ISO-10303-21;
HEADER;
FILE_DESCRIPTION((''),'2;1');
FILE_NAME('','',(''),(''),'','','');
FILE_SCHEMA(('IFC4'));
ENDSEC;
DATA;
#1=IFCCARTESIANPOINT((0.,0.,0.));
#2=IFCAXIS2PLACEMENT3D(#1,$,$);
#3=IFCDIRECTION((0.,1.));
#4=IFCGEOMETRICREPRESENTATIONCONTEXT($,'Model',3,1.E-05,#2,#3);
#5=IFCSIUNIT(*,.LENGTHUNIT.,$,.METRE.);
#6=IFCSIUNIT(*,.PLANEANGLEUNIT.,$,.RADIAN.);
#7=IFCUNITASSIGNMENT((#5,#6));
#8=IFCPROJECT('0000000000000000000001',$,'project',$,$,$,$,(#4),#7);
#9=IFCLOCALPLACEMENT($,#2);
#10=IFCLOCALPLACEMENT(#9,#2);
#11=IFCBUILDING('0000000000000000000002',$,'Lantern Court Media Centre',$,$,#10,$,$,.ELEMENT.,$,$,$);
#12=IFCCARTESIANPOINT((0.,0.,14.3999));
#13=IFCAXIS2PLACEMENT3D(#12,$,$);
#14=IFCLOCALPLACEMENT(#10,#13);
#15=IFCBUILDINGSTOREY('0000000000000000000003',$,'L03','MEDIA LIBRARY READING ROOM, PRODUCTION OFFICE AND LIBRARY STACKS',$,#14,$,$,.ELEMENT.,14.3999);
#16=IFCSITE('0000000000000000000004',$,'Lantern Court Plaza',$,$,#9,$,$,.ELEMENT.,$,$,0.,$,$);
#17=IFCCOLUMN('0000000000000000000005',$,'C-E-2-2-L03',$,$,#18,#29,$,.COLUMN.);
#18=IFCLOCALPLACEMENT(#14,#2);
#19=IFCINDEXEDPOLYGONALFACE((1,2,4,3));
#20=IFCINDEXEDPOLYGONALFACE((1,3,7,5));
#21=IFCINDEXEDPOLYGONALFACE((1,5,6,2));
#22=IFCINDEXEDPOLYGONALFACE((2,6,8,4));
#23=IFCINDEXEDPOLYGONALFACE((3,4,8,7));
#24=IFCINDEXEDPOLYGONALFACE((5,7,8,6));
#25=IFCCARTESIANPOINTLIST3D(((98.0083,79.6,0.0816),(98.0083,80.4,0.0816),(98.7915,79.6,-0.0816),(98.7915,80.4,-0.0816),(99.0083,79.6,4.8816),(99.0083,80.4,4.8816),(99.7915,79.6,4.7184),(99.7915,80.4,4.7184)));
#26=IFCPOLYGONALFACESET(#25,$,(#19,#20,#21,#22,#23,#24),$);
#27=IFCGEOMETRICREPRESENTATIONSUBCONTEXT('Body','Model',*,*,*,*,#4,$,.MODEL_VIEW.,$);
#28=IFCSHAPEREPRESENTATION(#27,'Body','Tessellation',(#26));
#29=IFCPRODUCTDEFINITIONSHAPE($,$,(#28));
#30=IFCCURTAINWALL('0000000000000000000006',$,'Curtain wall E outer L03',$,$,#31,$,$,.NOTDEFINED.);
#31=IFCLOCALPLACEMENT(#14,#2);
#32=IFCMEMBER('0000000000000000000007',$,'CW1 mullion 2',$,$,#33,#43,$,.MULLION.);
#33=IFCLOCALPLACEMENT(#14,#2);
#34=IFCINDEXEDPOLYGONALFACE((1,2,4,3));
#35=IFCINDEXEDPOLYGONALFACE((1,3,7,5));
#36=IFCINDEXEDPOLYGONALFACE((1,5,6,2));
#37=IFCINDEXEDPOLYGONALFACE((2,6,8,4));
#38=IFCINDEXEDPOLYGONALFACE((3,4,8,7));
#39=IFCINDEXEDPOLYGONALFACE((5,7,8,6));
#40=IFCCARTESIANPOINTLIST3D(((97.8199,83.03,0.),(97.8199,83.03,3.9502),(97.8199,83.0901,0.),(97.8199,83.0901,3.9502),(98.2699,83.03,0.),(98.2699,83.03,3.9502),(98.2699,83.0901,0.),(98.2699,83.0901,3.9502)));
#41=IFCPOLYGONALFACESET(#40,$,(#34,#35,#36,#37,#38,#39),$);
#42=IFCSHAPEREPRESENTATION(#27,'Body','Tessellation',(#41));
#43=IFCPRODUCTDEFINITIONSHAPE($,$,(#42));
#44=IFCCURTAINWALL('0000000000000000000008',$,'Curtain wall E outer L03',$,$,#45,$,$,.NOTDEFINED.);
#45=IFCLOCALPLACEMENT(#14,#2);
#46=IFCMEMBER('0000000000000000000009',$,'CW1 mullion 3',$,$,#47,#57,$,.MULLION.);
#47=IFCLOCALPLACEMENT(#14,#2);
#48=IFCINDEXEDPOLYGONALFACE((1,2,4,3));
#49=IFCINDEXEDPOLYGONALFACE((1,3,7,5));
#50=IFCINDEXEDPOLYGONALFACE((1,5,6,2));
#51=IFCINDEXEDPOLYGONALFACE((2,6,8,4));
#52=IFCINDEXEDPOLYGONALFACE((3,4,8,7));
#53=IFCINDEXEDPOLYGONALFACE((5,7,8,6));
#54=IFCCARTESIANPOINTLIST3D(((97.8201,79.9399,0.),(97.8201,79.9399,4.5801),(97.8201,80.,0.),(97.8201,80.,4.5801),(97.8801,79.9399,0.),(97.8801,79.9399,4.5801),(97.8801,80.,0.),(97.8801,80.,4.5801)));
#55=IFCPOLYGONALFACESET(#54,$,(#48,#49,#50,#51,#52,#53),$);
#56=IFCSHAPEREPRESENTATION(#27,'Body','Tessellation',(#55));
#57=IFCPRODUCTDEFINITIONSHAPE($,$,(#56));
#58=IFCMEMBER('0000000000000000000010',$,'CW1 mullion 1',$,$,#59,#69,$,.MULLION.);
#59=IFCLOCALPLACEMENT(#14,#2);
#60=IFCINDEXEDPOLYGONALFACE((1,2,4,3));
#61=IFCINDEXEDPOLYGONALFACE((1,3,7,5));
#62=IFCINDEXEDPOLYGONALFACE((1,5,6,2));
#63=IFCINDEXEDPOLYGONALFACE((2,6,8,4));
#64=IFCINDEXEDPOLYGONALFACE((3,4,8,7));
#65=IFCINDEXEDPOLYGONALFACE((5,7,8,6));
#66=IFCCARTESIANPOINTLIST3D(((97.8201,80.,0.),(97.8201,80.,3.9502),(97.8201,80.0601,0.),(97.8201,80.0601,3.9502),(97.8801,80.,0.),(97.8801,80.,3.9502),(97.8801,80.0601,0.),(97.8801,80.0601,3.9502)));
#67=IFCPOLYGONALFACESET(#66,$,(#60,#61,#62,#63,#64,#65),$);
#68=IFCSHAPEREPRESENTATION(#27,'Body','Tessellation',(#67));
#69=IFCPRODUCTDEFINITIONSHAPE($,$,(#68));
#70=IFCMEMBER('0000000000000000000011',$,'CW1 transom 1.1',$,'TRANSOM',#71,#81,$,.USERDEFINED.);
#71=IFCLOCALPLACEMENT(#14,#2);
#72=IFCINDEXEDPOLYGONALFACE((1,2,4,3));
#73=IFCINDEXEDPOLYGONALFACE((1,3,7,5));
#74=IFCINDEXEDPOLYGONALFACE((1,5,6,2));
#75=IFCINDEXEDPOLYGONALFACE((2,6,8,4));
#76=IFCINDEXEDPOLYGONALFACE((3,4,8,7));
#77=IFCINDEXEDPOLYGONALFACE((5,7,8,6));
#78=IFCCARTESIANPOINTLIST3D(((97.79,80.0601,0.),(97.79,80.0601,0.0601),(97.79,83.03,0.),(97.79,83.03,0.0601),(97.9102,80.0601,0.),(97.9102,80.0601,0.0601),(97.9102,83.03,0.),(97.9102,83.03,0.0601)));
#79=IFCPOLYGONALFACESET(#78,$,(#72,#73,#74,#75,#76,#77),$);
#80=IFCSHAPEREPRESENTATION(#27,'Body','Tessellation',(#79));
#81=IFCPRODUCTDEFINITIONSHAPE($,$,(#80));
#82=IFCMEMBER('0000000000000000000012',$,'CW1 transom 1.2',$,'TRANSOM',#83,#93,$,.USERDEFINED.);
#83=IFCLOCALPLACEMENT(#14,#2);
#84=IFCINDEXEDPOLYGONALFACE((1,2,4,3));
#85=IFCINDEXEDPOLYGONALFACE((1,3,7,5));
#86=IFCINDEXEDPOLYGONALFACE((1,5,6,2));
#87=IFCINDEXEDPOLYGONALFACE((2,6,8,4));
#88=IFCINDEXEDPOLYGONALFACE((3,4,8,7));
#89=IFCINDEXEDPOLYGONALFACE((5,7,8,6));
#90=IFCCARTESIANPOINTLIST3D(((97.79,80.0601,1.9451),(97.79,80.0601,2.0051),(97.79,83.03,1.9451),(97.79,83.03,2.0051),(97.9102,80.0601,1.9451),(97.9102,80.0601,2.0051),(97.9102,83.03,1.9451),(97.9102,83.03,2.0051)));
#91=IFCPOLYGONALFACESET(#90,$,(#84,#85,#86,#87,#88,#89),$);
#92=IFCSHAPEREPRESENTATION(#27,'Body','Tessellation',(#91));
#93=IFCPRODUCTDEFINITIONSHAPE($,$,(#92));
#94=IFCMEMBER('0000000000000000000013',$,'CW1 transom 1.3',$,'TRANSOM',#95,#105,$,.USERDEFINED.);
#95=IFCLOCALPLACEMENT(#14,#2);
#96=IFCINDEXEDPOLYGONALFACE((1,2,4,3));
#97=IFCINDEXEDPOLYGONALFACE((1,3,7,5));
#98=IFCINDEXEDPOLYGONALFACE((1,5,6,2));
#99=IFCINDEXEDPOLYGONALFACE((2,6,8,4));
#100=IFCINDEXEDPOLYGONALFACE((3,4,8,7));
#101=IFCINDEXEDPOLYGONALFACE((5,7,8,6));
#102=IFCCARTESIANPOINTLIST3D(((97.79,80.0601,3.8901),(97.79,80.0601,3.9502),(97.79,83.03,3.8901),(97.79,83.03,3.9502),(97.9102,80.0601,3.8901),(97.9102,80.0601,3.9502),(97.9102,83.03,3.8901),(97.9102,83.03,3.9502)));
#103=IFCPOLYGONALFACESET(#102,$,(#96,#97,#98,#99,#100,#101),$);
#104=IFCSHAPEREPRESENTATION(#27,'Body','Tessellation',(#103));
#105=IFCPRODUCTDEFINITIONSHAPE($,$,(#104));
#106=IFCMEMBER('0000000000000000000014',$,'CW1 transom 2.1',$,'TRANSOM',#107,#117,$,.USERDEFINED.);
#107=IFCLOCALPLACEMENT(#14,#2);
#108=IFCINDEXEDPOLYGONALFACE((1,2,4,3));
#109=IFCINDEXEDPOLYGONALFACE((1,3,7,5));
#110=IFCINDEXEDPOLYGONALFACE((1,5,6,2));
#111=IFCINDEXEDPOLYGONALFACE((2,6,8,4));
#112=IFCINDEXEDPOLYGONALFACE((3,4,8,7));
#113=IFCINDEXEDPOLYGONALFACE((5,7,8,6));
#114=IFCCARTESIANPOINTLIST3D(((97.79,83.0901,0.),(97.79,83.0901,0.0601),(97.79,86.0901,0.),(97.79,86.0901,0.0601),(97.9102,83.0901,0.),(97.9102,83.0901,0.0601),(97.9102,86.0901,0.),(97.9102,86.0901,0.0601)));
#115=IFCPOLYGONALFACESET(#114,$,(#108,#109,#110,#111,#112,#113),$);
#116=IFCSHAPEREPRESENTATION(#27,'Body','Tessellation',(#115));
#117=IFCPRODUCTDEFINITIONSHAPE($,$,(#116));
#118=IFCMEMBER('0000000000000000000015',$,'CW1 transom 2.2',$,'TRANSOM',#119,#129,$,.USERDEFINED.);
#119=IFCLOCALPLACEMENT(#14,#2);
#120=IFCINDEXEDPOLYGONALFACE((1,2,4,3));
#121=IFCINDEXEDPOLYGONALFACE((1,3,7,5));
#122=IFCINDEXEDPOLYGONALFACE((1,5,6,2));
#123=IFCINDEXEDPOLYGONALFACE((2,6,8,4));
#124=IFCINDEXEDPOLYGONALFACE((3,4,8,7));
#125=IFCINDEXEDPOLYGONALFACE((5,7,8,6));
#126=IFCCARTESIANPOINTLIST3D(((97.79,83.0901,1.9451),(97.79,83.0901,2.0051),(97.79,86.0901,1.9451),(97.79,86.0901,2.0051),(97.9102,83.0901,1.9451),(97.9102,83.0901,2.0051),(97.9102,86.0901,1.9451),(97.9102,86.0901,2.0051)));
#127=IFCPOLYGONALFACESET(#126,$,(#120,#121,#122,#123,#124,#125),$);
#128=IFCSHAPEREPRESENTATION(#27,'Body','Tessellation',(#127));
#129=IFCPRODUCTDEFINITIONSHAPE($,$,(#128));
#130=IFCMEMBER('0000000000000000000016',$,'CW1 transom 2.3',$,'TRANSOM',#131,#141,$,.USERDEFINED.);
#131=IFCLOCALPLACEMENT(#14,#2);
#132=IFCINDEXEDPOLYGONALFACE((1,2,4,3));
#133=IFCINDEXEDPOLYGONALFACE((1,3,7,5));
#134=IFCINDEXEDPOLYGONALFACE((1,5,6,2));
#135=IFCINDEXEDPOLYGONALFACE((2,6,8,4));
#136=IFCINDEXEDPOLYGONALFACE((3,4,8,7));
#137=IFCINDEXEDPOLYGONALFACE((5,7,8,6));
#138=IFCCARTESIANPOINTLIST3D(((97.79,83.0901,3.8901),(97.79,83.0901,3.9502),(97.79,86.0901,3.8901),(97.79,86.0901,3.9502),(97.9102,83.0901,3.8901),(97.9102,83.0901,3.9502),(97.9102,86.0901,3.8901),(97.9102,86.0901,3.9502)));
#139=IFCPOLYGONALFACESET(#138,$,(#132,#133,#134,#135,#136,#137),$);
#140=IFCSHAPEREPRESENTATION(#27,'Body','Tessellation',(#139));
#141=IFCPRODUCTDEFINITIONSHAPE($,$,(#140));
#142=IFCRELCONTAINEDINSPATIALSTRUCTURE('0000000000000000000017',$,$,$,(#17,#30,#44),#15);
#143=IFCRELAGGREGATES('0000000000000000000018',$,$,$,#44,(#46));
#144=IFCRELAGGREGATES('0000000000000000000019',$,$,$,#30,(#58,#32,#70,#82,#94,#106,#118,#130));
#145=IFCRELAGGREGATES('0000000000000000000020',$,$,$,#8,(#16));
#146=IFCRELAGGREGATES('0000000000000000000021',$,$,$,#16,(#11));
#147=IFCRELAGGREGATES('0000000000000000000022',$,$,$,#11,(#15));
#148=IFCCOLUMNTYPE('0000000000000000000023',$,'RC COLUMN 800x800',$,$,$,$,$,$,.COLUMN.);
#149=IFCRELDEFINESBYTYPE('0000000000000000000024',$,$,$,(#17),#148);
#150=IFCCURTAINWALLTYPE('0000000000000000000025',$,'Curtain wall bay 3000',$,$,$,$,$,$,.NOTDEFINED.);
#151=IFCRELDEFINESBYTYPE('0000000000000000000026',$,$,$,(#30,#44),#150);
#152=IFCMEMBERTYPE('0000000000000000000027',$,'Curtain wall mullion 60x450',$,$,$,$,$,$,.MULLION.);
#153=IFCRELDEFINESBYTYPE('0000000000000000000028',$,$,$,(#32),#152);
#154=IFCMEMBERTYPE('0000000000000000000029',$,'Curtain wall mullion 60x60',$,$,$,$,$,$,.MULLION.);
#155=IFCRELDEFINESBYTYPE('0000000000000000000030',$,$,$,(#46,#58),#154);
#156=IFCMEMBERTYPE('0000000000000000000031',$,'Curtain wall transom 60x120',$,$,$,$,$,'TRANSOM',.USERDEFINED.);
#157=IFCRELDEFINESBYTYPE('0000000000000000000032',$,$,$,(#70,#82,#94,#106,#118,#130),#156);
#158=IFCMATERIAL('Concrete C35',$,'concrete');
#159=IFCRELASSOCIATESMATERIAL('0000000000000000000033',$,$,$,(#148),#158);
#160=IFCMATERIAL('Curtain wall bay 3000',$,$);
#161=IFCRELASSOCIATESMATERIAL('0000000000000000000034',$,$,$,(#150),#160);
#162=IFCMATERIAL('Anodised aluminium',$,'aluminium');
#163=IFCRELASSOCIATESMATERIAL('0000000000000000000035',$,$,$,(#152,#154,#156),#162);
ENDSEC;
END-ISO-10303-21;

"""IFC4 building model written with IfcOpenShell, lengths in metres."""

from ifc_helpers import new_model, si_unit, direction, frame, origin, origin_2d, place, context, subcontext, project, spatial, rectangle, extrude, material, material_profile, profile_set, type_object, element, aggregate, save


model = new_model("IFC4")

# Units and contexts
model_context = context("Model", 3, precision=1e-05, world=origin(), true_north=direction((0.0, 1.0)))
body_context = subcontext(model_context, "Body", "Model", "MODEL_VIEW")
ifc_project = project(units=[si_unit("LENGTHUNIT", "METRE"), si_unit("PLANEANGLEUNIT", "RADIAN")], contexts=[model_context])

# Site, building, storey
site_placement = place(None, origin())
site = spatial("IfcSite", under=ifc_project, at=site_placement, Name="Lantern Court Plaza", CompositionType="ELEMENT", RefElevation=0.0)
building_placement = place(site_placement, origin())
building = spatial("IfcBuilding", under=site, at=building_placement, Name="Lantern Court Media Centre", CompositionType="ELEMENT")
storey_placement = place(building_placement, frame((0.0, 0.0, 14.3999)))
storey = spatial("IfcBuildingStorey", under=building, at=storey_placement, Name="L03", Description="MEDIA LIBRARY READING ROOM, PRODUCTION OFFICE AND LIBRARY STACKS", CompositionType="ELEMENT", Elevation=14.3999)

# Column
ifc_material_1 = material(Name="Concrete C35", Category="concrete")
ifc_material_profile_1 = material_profile(ifc_material_1, rectangle(XDim=0.8, YDim=0.8, at=origin_2d()), Name="RC 800x800")
ifc_profile_set_1 = profile_set([ifc_material_profile_1], Name="Concrete C35")
column_type = type_object("IfcColumnType", Name="RC COLUMN 800x800", PredefinedType="COLUMN", material=ifc_profile_set_1)
column_placement = place(storey_placement, frame((98.3999, 80.0, 0.0), z_axis=(0.203952, 0.0, 0.978981), x_axis=(0.0, 1.0, 0.0)))
element("IfcColumn", 1, at=column_placement, inside=storey, type_object=column_type, Name="C-E-2-2-L03", PredefinedType="COLUMN", context=body_context, shape_type="SweptSolid", body=[
    extrude(rectangle(XDim=0.8, YDim=0.8, at=origin_2d()), origin(), (0.0, 0.0, 1.0), 4.9031),
])

# Curtain walls, members
ifc_material_2 = material(Name="Curtain wall bay 3000")
curtain_wall_type = type_object("IfcCurtainWallType", Name="Curtain wall bay 3000", PredefinedType="NOTDEFINED", material=ifc_material_2)
curtain_wall_1_placement = place(storey_placement, origin())
curtain_wall_1 = element("IfcCurtainWall", 2, at=curtain_wall_1_placement, inside=storey, type_object=curtain_wall_type, Name="Curtain wall E outer L03", PredefinedType="NOTDEFINED")
ifc_material_3 = material(Name="Anodised aluminium", Category="aluminium")
ifc_material_profile_2 = material_profile(ifc_material_3, rectangle(XDim=0.45, YDim=0.0601, at=origin_2d()), Name="AL 60x450")
ifc_profile_set_2 = profile_set([ifc_material_profile_2], Name="Anodised aluminium")
member_type_1 = type_object("IfcMemberType", Name="Curtain wall mullion 60x450", PredefinedType="MULLION", material=ifc_profile_set_2)
member_1_placement = place(storey_placement, frame((98.0449, 83.0601, 0.0), z_axis=(0.0, 0.0, 1.0), x_axis=(-1.0, 0.0, 0.0)))
member_1 = element("IfcMember", 3, at=member_1_placement, type_object=member_type_1, Name="CW1 mullion 2", PredefinedType="MULLION", context=body_context, shape_type="SweptSolid", body=[
    extrude(rectangle(XDim=0.45, YDim=0.0601, at=origin_2d()), origin(), (0.0, 0.0, 1.0), 3.9502),
])
curtain_wall_2_placement = place(storey_placement, origin())
curtain_wall_2 = element("IfcCurtainWall", 4, at=curtain_wall_2_placement, inside=storey, type_object=curtain_wall_type, Name="Curtain wall E outer L03", PredefinedType="NOTDEFINED")
ifc_material_profile_3 = material_profile(ifc_material_3, rectangle(XDim=0.0601, YDim=0.0601, at=origin_2d()), Name="AL 60x60")
ifc_profile_set_3 = profile_set([ifc_material_profile_3], Name="Anodised aluminium")
member_type_2 = type_object("IfcMemberType", Name="Curtain wall mullion 60x60", PredefinedType="MULLION", material=ifc_profile_set_3)
member_2_placement = place(storey_placement, frame((97.8501, 79.97, 0.0), z_axis=(0.0, 0.0, 1.0), x_axis=(-1.0, 0.0, 0.0)))
member_2 = element("IfcMember", 5, at=member_2_placement, type_object=member_type_2, Name="CW1 mullion 3", PredefinedType="MULLION", context=body_context, shape_type="SweptSolid", body=[
    extrude(rectangle(XDim=0.0601, YDim=0.0601, at=origin_2d()), origin(), (0.0, 0.0, 1.0), 4.5801),
])

# Members
member_3_placement = place(storey_placement, frame((97.8501, 80.03, 0.0), z_axis=(0.0, 0.0, 1.0), x_axis=(-1.0, 0.0, 0.0)))
member_3 = element("IfcMember", 6, at=member_3_placement, type_object=member_type_2, Name="CW1 mullion 1", PredefinedType="MULLION", context=body_context, shape_type="SweptSolid", body=[
    extrude(rectangle(XDim=0.0601, YDim=0.0601, at=origin_2d()), origin(), (0.0, 0.0, 1.0), 3.9502),
])
ifc_material_profile_4 = material_profile(ifc_material_3, rectangle(XDim=0.1201, YDim=0.0601, at=origin_2d()), Name="AL 60x120")
ifc_profile_set_4 = profile_set([ifc_material_profile_4], Name="Anodised aluminium")
member_type_3 = type_object("IfcMemberType", Name="Curtain wall transom 60x120", ElementType="TRANSOM", PredefinedType="USERDEFINED", material=ifc_profile_set_4)
member_4_placement = place(storey_placement, frame((97.8501, 80.0601, 0.03), z_axis=(0.0, 1.0, 0.0), x_axis=(-1.0, 0.0, 0.0)))
member_4 = element("IfcMember", 7, at=member_4_placement, type_object=member_type_3, Name="CW1 transom 1.1", ObjectType="TRANSOM", PredefinedType="USERDEFINED", context=body_context, shape_type="SweptSolid", body=[
    extrude(rectangle(XDim=0.1201, YDim=0.0601, at=origin_2d()), origin(), (0.0, 0.0, 1.0), 2.97),
])
member_5_placement = place(storey_placement, frame((97.8501, 80.0601, 1.9751), z_axis=(0.0, 1.0, 0.0), x_axis=(-1.0, 0.0, 0.0)))
member_5 = element("IfcMember", 8, at=member_5_placement, type_object=member_type_3, Name="CW1 transom 1.2", ObjectType="TRANSOM", PredefinedType="USERDEFINED", context=body_context, shape_type="SweptSolid", body=[
    extrude(rectangle(XDim=0.1201, YDim=0.0601, at=origin_2d()), origin(), (0.0, 0.0, 1.0), 2.97),
])
member_6_placement = place(storey_placement, frame((97.8501, 80.0601, 3.9202), z_axis=(0.0, 1.0, 0.0), x_axis=(-1.0, 0.0, 0.0)))
member_6 = element("IfcMember", 9, at=member_6_placement, type_object=member_type_3, Name="CW1 transom 1.3", ObjectType="TRANSOM", PredefinedType="USERDEFINED", context=body_context, shape_type="SweptSolid", body=[
    extrude(rectangle(XDim=0.1201, YDim=0.0601, at=origin_2d()), origin(), (0.0, 0.0, 1.0), 2.97),
])
member_7_placement = place(storey_placement, frame((97.8501, 83.0901, 0.03), z_axis=(0.0, 1.0, 0.0), x_axis=(-1.0, 0.0, 0.0)))
member_7 = element("IfcMember", 10, at=member_7_placement, type_object=member_type_3, Name="CW1 transom 2.1", ObjectType="TRANSOM", PredefinedType="USERDEFINED", context=body_context, shape_type="SweptSolid", body=[
    extrude(rectangle(XDim=0.1201, YDim=0.0601, at=origin_2d()), origin(), (0.0, 0.0, 1.0), 3.0),
])
member_8_placement = place(storey_placement, frame((97.8501, 83.0901, 1.9751), z_axis=(0.0, 1.0, 0.0), x_axis=(-1.0, 0.0, 0.0)))
member_8 = element("IfcMember", 11, at=member_8_placement, type_object=member_type_3, Name="CW1 transom 2.2", ObjectType="TRANSOM", PredefinedType="USERDEFINED", context=body_context, shape_type="SweptSolid", body=[
    extrude(rectangle(XDim=0.1201, YDim=0.0601, at=origin_2d()), origin(), (0.0, 0.0, 1.0), 3.0),
])
member_9_placement = place(storey_placement, frame((97.8501, 83.0901, 3.9202), z_axis=(0.0, 1.0, 0.0), x_axis=(-1.0, 0.0, 0.0)))
member_9 = element("IfcMember", 12, at=member_9_placement, type_object=member_type_3, Name="CW1 transom 2.3", ObjectType="TRANSOM", PredefinedType="USERDEFINED", context=body_context, shape_type="SweptSolid", body=[
    extrude(rectangle(XDim=0.1201, YDim=0.0601, at=origin_2d()), origin(), (0.0, 0.0, 1.0), 3.0),
])

aggregate(curtain_wall_2, [member_2])
aggregate(curtain_wall_1, [member_3, member_1, member_4, member_5, member_6, member_7, member_8, member_9])

save(model, "model.ifc")
